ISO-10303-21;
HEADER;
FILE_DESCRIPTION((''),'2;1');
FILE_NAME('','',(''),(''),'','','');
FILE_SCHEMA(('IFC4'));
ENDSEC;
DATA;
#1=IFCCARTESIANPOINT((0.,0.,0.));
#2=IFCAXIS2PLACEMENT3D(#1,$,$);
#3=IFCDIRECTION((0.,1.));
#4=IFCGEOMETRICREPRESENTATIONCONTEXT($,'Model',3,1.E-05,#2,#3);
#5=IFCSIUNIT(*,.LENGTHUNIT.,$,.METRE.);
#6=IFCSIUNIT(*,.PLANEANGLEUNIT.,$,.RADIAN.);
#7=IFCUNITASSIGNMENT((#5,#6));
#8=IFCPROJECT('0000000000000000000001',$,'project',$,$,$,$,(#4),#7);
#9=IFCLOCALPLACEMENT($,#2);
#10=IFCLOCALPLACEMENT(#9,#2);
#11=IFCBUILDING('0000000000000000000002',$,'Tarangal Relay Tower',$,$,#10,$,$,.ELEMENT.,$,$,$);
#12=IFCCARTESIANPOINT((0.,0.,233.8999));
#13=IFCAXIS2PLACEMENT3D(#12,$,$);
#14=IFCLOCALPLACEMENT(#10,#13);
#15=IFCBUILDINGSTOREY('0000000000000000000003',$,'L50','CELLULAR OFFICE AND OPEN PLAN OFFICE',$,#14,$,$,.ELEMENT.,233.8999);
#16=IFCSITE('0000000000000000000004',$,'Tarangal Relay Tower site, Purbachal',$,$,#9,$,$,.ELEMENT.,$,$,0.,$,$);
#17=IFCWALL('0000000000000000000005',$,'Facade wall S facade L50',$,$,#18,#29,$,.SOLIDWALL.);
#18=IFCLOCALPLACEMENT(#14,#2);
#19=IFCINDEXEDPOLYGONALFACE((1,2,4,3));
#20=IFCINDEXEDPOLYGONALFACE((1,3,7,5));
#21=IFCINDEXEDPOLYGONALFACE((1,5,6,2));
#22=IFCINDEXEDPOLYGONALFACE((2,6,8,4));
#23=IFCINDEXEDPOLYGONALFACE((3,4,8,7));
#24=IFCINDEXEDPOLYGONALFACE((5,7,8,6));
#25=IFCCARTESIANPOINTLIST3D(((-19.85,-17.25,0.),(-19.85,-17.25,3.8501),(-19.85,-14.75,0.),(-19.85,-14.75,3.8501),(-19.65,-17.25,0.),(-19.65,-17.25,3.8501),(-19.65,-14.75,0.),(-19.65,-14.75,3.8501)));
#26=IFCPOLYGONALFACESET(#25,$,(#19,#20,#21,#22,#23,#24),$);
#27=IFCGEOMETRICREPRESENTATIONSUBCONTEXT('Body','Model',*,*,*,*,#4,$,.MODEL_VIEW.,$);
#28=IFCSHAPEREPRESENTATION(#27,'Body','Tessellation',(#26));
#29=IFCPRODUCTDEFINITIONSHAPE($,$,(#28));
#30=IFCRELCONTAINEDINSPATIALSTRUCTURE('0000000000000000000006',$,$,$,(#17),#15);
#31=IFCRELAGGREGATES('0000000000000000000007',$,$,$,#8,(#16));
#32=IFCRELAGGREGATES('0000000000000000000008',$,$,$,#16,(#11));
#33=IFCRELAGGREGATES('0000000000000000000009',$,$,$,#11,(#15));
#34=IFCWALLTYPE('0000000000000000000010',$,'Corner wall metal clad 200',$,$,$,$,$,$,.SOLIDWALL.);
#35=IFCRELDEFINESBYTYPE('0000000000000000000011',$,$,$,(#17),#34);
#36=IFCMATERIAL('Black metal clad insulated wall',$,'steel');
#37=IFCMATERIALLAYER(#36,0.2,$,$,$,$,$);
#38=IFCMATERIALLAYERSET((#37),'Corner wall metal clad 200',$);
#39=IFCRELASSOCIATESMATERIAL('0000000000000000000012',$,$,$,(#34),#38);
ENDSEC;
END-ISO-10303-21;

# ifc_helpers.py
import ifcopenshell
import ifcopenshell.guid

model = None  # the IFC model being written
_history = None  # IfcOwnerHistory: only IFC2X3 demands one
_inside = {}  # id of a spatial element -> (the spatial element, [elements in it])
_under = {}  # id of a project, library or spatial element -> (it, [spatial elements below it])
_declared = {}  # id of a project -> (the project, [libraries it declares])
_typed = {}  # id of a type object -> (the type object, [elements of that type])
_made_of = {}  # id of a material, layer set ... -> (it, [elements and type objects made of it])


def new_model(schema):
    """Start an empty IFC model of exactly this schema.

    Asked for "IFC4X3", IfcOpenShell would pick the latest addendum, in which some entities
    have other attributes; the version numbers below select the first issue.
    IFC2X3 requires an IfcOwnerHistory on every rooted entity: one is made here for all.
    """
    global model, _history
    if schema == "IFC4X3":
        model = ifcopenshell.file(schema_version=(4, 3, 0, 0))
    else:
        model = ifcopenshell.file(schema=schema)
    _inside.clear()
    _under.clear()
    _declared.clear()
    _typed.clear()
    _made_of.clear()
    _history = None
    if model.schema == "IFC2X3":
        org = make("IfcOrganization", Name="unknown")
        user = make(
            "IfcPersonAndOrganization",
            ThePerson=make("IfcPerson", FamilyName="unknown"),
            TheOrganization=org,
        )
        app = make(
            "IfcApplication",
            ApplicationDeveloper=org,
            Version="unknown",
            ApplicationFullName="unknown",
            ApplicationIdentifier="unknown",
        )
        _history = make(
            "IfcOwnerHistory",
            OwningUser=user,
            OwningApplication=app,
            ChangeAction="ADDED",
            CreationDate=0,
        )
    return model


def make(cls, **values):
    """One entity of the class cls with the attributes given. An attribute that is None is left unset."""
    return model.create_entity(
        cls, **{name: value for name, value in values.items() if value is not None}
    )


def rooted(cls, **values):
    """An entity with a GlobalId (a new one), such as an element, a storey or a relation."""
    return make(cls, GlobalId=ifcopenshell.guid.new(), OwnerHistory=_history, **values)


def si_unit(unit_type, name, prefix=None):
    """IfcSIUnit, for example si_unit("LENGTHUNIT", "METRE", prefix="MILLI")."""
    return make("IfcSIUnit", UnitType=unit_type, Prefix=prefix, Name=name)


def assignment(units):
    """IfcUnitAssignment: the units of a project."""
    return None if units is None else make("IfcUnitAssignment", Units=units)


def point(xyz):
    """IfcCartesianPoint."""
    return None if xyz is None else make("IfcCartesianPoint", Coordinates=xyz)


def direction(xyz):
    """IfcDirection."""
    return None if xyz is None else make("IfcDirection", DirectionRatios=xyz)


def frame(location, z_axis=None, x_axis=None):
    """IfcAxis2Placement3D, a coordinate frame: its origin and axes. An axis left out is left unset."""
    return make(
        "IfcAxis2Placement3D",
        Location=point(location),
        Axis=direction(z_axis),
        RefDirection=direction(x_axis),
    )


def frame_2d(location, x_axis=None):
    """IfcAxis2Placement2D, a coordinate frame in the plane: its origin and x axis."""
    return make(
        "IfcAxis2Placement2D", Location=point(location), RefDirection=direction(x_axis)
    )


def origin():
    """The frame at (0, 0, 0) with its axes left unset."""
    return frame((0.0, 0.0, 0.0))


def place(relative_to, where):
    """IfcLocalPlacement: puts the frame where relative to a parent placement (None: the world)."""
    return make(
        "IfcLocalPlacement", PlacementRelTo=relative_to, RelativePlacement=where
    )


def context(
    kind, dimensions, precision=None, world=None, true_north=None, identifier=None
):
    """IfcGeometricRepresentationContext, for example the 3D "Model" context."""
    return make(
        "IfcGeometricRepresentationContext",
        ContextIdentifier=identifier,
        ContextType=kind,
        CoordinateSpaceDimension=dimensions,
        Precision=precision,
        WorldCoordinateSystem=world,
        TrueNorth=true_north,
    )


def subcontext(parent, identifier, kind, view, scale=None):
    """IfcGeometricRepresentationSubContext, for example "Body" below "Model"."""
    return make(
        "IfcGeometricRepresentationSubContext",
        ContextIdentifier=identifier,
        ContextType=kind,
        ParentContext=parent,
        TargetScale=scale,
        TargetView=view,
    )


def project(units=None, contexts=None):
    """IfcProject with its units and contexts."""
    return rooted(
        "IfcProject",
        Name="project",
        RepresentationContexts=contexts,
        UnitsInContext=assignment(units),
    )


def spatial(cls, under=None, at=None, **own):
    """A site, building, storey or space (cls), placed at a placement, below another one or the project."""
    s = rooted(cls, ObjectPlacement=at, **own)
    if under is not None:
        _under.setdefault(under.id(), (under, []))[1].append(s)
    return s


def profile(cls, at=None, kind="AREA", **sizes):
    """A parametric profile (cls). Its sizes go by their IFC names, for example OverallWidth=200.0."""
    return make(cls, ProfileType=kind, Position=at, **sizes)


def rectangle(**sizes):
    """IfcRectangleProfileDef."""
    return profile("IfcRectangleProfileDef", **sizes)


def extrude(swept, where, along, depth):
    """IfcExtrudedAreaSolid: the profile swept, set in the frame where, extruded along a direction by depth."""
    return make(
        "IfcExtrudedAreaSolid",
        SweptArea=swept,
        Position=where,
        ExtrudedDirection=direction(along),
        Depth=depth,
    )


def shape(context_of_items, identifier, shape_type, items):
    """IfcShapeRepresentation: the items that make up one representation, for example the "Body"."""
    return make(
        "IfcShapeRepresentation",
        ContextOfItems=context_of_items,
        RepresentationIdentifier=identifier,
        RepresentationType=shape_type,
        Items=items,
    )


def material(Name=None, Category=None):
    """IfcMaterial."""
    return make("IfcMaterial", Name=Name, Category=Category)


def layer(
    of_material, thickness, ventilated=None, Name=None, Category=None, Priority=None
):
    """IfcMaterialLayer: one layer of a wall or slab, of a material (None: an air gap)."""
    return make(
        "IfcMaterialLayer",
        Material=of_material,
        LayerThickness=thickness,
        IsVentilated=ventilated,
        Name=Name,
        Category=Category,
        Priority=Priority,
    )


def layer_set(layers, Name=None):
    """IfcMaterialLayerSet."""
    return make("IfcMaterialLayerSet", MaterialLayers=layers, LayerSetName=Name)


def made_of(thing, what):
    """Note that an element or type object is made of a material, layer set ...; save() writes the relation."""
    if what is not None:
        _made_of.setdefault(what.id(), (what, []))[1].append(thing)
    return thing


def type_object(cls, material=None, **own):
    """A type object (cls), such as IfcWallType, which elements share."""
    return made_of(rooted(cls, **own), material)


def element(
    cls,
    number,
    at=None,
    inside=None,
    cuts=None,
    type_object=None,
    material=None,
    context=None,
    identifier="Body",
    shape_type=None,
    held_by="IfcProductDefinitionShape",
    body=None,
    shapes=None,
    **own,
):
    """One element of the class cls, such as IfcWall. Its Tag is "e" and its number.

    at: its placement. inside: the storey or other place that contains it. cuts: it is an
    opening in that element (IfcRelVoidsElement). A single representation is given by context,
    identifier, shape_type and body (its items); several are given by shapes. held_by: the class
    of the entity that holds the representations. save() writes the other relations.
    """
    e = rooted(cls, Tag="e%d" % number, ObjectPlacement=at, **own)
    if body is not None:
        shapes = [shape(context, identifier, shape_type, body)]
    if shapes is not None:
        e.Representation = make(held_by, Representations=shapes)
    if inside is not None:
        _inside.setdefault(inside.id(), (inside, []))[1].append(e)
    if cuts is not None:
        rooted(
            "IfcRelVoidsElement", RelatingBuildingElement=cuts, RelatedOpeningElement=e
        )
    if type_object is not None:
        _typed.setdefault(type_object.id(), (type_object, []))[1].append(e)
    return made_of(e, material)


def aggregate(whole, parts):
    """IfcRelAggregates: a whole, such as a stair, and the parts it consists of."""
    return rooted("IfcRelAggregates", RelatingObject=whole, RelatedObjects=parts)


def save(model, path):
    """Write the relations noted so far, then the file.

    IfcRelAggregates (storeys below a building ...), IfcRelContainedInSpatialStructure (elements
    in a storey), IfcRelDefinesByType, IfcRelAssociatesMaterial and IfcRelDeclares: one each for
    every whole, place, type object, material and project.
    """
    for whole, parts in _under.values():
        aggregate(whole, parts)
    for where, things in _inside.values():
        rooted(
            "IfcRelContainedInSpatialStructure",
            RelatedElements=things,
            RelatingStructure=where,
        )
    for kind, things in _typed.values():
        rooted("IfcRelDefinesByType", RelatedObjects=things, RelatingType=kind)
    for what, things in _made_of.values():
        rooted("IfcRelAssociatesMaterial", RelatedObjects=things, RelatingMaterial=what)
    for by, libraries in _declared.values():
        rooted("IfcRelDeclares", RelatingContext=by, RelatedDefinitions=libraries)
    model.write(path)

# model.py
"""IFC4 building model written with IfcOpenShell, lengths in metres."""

from ifc_helpers import new_model, si_unit, direction, frame, frame_2d, origin, place, context, subcontext, project, spatial, rectangle, extrude, material, layer, layer_set, type_object, element, save


model = new_model("IFC4")

# Units and contexts
model_context = context("Model", 3, precision=1e-05, world=origin(), true_north=direction((0.0, 1.0)))
body_context = subcontext(model_context, "Body", "Model", "MODEL_VIEW")
ifc_project = project(units=[si_unit("LENGTHUNIT", "METRE"), si_unit("PLANEANGLEUNIT", "RADIAN")], contexts=[model_context])

# Site, building, storey
site_placement = place(None, origin())
site = spatial("IfcSite", under=ifc_project, at=site_placement, Name="Tarangal Relay Tower site, Purbachal", CompositionType="ELEMENT", RefElevation=0.0)
building_placement = place(site_placement, origin())
building = spatial("IfcBuilding", under=site, at=building_placement, Name="Tarangal Relay Tower", CompositionType="ELEMENT")
storey_placement = place(building_placement, frame((0.0, 0.0, 233.8999)))
storey = spatial("IfcBuildingStorey", under=building, at=storey_placement, Name="L50", Description="CELLULAR OFFICE AND OPEN PLAN OFFICE", CompositionType="ELEMENT", Elevation=233.8999)

# Shared definitions
ifc_material_1 = material(Name="Black metal clad insulated wall", Category="steel")
ifc_layer_1 = layer(ifc_material_1, 0.2)
ifc_layer_set_1 = layer_set([ifc_layer_1], Name="Corner wall metal clad 200")
wall_type = type_object("IfcWallType", Name="Corner wall metal clad 200", PredefinedType="SOLIDWALL", material=ifc_layer_set_1)

# Wall
wall_1_placement = place(storey_placement, frame((-19.75, -17.25, 0.0), z_axis=(0.0, 0.0, 1.0), x_axis=(0.0, 1.0, 0.0)))
element("IfcWall", 1, at=wall_1_placement, inside=storey, type_object=wall_type, Name="Facade wall S facade L50", PredefinedType="SOLIDWALL", context=body_context, shape_type="SweptSolid", body=[
    extrude(rectangle(XDim=2.5, YDim=0.2, at=frame_2d((1.25, 0.0))), origin(), (0.0, 0.0, 1.0), 3.8501),
])

save(model, "model.ifc")
